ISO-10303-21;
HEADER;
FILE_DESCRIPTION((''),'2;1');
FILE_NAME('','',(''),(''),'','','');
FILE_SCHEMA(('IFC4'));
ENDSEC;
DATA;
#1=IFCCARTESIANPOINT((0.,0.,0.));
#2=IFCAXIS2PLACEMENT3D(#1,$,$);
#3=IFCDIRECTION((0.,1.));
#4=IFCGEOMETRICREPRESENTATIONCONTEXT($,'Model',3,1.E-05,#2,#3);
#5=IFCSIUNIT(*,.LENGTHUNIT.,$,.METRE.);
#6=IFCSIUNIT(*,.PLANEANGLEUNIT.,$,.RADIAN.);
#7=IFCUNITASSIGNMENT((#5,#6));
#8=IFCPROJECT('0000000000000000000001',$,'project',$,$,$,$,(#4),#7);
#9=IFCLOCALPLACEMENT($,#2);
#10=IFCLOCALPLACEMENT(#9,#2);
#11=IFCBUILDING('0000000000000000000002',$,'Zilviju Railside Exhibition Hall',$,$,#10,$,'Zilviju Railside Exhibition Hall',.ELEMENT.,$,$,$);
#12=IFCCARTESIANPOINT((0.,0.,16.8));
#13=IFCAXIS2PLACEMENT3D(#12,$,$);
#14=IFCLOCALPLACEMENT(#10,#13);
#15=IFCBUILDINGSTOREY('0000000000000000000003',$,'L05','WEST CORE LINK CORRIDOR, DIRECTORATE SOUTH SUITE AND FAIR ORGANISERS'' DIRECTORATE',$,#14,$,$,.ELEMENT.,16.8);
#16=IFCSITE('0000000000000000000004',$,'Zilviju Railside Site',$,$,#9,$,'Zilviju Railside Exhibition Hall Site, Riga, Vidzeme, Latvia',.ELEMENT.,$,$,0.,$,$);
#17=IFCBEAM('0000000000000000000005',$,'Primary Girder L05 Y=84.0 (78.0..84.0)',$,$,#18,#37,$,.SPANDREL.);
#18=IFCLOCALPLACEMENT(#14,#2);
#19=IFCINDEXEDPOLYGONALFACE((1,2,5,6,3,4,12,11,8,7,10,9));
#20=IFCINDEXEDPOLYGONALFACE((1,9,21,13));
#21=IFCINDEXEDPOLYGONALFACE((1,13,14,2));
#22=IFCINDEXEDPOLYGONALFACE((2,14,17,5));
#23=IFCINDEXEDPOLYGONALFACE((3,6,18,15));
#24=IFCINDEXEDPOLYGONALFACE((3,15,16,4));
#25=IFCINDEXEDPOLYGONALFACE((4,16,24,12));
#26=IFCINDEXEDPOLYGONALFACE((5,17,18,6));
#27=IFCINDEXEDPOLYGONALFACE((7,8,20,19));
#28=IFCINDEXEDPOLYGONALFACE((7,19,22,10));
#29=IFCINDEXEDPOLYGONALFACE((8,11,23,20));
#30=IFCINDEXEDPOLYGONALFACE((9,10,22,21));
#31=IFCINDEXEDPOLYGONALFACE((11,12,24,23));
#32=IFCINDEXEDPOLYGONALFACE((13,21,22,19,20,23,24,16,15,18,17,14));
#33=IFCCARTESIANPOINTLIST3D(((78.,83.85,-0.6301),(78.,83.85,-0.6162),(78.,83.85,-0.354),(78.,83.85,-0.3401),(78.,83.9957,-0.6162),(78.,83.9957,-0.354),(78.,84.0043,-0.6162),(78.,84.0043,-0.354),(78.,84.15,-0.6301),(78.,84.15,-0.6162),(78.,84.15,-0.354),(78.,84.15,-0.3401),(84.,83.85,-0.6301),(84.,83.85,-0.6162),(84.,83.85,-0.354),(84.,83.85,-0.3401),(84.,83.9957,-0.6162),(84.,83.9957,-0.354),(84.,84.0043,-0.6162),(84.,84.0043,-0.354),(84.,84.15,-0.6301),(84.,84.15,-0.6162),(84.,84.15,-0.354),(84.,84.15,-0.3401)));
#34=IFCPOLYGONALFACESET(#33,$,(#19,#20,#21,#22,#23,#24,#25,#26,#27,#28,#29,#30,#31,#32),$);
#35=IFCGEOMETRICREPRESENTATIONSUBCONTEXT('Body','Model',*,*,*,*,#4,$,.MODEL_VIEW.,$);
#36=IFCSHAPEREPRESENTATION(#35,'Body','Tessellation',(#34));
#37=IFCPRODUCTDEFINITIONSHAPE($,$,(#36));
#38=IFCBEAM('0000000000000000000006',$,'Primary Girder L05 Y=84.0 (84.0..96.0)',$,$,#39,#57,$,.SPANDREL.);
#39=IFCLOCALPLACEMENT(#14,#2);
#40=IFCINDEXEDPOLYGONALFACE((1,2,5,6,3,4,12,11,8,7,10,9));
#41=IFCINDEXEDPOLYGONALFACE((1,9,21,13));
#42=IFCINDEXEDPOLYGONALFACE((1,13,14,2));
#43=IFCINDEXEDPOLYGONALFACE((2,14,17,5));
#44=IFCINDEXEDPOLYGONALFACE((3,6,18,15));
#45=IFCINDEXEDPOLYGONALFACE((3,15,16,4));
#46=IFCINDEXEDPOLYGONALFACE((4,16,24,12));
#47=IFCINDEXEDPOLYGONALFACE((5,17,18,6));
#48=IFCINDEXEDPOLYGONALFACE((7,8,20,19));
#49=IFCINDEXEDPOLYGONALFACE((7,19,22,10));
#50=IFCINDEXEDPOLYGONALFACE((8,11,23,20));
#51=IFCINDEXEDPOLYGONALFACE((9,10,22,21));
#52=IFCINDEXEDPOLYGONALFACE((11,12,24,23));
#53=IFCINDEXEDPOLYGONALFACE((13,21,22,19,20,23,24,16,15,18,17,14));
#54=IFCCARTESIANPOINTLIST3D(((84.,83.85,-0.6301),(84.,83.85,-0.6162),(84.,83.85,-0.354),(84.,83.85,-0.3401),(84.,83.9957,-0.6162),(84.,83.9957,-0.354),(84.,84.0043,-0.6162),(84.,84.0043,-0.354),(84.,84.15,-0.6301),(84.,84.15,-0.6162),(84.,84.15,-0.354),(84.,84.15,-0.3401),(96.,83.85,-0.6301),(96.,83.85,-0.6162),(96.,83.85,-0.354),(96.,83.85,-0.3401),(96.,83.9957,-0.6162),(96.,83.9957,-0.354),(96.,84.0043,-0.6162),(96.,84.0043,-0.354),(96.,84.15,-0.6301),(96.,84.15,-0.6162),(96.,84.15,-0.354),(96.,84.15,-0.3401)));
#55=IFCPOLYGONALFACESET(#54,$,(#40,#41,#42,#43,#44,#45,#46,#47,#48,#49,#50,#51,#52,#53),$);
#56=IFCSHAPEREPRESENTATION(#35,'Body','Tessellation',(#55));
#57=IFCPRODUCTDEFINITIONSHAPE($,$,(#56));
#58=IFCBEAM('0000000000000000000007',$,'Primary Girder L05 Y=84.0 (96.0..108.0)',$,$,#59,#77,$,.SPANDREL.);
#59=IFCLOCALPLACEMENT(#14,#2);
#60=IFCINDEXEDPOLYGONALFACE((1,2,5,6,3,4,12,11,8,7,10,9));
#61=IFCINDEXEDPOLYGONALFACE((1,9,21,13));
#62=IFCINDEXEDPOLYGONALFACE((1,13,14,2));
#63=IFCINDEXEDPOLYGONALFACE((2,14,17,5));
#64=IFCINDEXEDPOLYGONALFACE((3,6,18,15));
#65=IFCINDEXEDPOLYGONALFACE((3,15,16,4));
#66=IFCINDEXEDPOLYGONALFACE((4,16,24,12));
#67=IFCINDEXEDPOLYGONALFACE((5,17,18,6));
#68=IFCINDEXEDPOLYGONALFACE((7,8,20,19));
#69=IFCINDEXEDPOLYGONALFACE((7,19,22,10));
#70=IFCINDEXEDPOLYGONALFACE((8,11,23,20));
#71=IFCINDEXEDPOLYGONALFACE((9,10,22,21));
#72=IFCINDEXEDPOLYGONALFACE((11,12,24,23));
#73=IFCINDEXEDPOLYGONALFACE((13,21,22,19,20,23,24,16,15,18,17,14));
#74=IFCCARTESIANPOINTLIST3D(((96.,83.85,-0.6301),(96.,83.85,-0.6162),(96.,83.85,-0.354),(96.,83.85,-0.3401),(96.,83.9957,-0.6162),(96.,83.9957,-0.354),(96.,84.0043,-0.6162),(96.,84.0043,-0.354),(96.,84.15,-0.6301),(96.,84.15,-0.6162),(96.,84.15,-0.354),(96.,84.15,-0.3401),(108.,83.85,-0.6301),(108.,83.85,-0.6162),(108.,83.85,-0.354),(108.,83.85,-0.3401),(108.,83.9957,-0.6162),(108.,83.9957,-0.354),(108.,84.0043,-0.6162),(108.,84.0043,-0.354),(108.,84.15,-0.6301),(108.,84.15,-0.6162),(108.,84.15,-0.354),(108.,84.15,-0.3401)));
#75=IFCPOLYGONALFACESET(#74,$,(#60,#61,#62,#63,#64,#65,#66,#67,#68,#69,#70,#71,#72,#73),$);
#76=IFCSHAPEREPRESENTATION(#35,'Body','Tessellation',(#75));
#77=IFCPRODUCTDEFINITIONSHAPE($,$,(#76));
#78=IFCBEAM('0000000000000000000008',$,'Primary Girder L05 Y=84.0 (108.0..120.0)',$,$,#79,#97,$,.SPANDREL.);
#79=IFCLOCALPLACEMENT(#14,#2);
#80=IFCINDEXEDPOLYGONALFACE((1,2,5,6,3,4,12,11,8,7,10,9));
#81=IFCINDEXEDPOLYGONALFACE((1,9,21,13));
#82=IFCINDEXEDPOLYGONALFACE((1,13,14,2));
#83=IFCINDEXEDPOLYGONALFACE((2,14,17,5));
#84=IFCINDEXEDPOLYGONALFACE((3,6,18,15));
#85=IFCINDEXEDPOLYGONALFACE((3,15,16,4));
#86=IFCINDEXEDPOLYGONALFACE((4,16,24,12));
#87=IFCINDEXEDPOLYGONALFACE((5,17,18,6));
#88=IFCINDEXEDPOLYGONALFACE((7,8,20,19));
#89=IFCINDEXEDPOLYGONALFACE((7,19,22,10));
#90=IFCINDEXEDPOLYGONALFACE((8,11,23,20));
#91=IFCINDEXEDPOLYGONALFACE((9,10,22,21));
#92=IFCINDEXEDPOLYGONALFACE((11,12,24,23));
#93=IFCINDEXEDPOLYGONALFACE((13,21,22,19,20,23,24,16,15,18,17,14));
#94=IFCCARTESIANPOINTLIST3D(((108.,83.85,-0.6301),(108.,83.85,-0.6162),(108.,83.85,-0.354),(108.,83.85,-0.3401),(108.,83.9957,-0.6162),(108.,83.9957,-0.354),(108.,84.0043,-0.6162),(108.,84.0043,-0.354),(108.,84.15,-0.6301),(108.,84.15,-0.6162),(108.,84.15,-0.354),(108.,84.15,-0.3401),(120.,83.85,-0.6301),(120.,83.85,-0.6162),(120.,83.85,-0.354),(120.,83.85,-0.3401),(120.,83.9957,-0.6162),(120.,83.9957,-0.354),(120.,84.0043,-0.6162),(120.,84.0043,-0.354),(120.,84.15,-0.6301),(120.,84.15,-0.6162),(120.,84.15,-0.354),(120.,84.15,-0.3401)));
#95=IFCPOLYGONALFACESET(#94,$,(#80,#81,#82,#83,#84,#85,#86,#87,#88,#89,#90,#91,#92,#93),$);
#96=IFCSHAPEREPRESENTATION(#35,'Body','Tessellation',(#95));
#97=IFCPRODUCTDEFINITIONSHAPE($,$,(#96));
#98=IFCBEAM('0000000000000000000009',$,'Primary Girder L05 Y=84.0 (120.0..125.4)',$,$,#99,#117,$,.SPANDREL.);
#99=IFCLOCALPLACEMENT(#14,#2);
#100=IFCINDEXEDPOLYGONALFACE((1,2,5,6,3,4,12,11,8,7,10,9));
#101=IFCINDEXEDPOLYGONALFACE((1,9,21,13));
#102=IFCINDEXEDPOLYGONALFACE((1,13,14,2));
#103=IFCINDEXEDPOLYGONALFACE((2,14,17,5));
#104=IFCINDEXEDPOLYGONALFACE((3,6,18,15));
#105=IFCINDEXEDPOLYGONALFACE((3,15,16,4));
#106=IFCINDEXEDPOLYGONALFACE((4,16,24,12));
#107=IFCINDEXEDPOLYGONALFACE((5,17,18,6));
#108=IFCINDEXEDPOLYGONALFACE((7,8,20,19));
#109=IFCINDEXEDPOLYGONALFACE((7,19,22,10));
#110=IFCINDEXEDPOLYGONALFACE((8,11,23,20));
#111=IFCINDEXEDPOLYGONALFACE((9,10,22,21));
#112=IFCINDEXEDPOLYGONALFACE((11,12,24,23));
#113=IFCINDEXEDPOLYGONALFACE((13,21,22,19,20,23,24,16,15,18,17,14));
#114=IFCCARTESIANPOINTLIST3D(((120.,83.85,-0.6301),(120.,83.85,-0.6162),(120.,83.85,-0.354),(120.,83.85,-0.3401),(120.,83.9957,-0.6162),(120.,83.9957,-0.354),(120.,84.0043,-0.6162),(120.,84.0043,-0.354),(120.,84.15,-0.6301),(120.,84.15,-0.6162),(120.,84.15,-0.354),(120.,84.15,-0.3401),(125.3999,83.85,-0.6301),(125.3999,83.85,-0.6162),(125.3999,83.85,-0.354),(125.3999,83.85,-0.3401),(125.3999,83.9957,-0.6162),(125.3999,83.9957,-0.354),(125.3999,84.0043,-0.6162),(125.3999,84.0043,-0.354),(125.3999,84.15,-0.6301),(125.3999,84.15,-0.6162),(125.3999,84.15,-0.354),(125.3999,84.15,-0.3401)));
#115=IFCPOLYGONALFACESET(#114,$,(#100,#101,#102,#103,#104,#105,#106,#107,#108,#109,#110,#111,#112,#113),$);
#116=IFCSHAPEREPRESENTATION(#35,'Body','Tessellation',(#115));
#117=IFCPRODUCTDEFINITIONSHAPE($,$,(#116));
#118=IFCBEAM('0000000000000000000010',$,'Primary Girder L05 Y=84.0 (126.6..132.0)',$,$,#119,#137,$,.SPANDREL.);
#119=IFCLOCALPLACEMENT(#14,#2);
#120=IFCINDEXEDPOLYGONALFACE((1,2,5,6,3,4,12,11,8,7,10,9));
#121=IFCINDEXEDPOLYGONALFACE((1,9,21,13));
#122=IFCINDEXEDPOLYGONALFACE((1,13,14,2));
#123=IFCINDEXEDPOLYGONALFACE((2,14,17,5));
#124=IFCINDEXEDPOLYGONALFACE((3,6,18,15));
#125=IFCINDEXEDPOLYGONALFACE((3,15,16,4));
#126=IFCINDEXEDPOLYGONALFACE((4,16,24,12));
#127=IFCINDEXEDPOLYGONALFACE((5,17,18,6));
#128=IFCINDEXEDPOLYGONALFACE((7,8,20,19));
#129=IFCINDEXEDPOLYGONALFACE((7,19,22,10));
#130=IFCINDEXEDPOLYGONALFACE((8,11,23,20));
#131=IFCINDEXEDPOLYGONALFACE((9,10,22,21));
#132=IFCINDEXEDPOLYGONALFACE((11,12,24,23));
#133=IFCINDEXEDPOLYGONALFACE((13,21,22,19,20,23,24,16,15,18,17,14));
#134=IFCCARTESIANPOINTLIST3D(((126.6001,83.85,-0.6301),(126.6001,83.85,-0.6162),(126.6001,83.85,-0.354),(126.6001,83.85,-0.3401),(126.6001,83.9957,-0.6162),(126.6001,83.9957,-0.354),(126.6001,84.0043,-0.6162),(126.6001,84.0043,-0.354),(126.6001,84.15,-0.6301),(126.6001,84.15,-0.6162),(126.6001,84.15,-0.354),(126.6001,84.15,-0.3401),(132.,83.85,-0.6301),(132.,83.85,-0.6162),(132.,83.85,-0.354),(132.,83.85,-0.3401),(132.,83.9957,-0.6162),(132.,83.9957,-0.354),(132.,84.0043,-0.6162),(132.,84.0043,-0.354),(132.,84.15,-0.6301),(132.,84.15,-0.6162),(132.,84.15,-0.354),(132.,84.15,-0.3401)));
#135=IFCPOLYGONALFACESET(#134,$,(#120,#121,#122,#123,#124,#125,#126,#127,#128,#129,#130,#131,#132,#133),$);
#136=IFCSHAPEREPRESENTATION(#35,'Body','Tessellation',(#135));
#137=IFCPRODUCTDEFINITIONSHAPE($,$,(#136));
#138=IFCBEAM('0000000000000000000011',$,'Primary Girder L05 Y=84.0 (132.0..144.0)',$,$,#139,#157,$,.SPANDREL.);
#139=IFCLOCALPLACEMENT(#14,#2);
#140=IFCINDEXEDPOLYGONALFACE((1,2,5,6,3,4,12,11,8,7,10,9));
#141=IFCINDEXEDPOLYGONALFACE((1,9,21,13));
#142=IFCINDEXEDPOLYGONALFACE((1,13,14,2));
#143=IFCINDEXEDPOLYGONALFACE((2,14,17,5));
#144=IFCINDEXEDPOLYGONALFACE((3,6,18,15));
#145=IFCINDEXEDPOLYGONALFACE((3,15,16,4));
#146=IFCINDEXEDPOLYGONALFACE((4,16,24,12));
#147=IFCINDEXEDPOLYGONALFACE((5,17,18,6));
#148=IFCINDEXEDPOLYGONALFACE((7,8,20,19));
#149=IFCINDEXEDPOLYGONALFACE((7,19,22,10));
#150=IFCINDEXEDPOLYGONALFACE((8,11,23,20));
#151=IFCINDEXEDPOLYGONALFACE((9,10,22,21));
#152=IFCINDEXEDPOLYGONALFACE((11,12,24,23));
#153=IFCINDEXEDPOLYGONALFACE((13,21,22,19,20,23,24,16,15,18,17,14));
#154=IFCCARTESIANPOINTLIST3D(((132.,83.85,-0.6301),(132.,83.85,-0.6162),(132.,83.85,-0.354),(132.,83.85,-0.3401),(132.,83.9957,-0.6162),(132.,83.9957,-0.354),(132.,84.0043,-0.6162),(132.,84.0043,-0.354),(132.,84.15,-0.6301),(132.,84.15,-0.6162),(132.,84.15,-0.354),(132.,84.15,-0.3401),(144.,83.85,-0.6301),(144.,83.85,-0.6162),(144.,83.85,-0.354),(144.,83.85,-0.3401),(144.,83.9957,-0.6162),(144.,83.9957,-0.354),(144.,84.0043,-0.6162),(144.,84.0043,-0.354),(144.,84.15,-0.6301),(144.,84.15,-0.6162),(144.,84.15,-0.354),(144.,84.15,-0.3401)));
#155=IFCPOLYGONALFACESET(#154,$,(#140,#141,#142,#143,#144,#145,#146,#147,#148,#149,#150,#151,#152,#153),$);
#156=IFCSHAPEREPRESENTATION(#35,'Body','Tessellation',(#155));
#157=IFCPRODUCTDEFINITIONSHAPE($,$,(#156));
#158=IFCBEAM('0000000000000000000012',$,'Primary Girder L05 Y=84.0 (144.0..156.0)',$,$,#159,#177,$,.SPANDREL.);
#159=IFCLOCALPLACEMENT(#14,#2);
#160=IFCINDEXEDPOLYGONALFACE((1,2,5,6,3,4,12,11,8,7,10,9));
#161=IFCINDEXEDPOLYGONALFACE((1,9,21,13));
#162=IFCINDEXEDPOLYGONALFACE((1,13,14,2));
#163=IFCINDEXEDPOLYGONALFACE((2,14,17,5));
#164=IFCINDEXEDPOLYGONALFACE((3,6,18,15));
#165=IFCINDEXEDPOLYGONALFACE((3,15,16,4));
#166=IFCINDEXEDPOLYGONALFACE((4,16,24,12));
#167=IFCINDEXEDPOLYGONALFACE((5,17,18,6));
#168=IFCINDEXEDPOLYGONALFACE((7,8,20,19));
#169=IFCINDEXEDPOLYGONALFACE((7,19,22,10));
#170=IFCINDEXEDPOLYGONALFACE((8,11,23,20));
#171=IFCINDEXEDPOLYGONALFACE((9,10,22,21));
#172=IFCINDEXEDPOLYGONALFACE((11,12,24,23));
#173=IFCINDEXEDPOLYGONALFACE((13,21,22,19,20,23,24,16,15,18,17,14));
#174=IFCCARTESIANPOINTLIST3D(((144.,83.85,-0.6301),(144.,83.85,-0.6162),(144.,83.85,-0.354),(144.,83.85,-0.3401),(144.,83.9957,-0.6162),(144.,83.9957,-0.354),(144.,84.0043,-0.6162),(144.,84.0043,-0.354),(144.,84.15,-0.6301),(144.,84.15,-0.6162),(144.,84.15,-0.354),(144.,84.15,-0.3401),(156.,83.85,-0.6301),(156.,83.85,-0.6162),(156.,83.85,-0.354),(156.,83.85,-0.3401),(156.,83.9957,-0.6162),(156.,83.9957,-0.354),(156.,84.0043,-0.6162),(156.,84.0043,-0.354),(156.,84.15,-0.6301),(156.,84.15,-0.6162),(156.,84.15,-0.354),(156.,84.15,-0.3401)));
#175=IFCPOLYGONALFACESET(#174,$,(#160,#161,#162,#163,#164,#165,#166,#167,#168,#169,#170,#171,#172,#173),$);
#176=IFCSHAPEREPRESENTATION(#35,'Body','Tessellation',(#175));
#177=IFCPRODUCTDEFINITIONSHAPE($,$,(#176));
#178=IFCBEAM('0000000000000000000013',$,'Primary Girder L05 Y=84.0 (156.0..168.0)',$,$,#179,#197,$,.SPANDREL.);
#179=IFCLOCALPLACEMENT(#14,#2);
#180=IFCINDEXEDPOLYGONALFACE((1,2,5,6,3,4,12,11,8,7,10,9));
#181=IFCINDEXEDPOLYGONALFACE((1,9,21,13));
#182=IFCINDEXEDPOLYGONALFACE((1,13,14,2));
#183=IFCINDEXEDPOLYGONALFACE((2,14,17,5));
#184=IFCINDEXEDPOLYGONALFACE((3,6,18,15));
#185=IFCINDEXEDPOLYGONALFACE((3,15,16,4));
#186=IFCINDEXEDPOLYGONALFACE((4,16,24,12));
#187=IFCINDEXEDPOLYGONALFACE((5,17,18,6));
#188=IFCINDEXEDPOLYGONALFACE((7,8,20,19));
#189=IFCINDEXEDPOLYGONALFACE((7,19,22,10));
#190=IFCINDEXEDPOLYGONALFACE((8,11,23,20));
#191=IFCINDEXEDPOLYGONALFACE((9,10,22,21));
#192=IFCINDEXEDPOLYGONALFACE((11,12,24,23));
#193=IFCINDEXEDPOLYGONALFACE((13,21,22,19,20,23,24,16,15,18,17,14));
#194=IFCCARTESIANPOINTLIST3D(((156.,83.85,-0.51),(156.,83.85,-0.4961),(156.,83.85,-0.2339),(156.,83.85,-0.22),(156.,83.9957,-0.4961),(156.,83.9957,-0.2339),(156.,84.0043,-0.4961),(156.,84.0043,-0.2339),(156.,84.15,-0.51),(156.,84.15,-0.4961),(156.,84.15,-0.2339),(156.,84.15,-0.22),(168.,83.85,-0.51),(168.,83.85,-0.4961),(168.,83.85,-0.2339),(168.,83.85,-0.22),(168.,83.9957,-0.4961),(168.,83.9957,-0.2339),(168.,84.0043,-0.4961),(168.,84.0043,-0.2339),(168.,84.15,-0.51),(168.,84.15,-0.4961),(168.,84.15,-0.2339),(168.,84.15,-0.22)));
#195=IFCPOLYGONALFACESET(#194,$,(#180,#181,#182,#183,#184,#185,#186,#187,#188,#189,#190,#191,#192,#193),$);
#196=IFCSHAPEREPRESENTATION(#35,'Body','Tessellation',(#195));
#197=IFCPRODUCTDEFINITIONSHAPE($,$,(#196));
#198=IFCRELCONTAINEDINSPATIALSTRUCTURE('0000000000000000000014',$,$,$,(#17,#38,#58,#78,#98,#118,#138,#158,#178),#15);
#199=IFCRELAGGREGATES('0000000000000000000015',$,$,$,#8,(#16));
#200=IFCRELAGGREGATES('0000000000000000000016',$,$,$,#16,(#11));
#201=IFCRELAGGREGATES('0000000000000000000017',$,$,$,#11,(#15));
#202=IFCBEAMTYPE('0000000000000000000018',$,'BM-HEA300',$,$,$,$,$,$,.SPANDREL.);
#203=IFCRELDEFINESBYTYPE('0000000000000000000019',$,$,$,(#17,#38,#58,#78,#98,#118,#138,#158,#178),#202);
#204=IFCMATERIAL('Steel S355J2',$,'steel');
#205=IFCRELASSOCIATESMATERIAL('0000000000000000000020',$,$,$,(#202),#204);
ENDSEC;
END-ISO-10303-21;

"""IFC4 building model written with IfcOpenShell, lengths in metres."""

from ifc_helpers import new_model, si_unit, direction, frame, origin, origin_2d, place, context, subcontext, project, spatial, i_section, extrude, material, material_profile, profile_set, type_object, element, save


model = new_model("IFC4")

# Units and contexts
model_context = context("Model", 3, precision=1e-05, world=origin(), true_north=direction((0.0, 1.0)))
body_context = subcontext(model_context, "Body", "Model", "MODEL_VIEW")
ifc_project = project(units=[si_unit("LENGTHUNIT", "METRE"), si_unit("PLANEANGLEUNIT", "RADIAN")], contexts=[model_context])

# Site, building, storey
site_placement = place(None, origin())
site = spatial("IfcSite", under=ifc_project, at=site_placement, Name="Zilviju Railside Site", LongName="Zilviju Railside Exhibition Hall Site, Riga, Vidzeme, Latvia", CompositionType="ELEMENT", RefElevation=0.0)
building_placement = place(site_placement, origin())
building = spatial("IfcBuilding", under=site, at=building_placement, Name="Zilviju Railside Exhibition Hall", LongName="Zilviju Railside Exhibition Hall", CompositionType="ELEMENT")
storey_placement = place(building_placement, frame((0.0, 0.0, 16.8)))
storey = spatial("IfcBuildingStorey", under=building, at=storey_placement, Name="L05", Description="WEST CORE LINK CORRIDOR, DIRECTORATE SOUTH SUITE AND FAIR ORGANISERS' DIRECTORATE", CompositionType="ELEMENT", Elevation=16.8)

# Beams
ifc_material = material(Name="Steel S355J2", Category="steel")
ifc_material_profile_1 = material_profile(ifc_material, i_section(OverallWidth=0.3, OverallDepth=0.29, WebThickness=0.0085, FlangeThickness=0.0139, at=origin_2d()), Name="HEA 300")
ifc_profile_set_1 = profile_set([ifc_material_profile_1], Name="Steel S355J2")
beam_type_1 = type_object("IfcBeamType", Name="BM-HEA300", PredefinedType="SPANDREL", material=ifc_profile_set_1)
beam_1_placement = place(storey_placement, frame((78.0, 84.0, -0.4851), z_axis=(1.0, 0.0, 0.0), x_axis=(0.0, 1.0, 0.0)))
element("IfcBeam", 1, at=beam_1_placement, inside=storey, type_object=beam_type_1, Name="Primary Girder L05 Y=84.0 (78.0..84.0)", PredefinedType="SPANDREL", context=body_context, shape_type="SweptSolid", body=[
    extrude(i_section(OverallWidth=0.3, OverallDepth=0.29, WebThickness=0.0085, FlangeThickness=0.0139, at=origin_2d()), origin(), (0.0, 0.0, 1.0), 6.0),
])
for number, where, z_axis, x_axis, name in (
    (2, (84.0, 84.0, -0.4851), (1.0, 0.0, 0.0), (0.0, 1.0, 0.0), "Primary Girder L05 Y=84.0 (84.0..96.0)"),
    (3, (96.0, 84.0, -0.4851), (1.0, 0.0, 0.0), (0.0, 1.0, 0.0), "Primary Girder L05 Y=84.0 (96.0..108.0)"),
    (4, (108.0, 84.0, -0.4851), (1.0, 0.0, 0.0), (0.0, 1.0, 0.0), "Primary Girder L05 Y=84.0 (108.0..120.0)"),
):
    element("IfcBeam", number, at=place(storey_placement, frame(where, z_axis=z_axis, x_axis=x_axis)), inside=storey, type_object=beam_type_1, Name=name, PredefinedType="SPANDREL", context=body_context, shape_type="SweptSolid", body=[
        extrude(i_section(OverallWidth=0.3, OverallDepth=0.29, WebThickness=0.0085, FlangeThickness=0.0139, at=origin_2d()), origin(), (0.0, 0.0, 1.0), 12.0),
    ])
for number, where, z_axis, x_axis, name in (
    (5, (120.0, 84.0, -0.4851), (1.0, 0.0, 0.0), (0.0, 1.0, 0.0), "Primary Girder L05 Y=84.0 (120.0..125.4)"),
    (6, (126.6001, 84.0, -0.4851), (1.0, 0.0, 0.0), (0.0, 1.0, 0.0), "Primary Girder L05 Y=84.0 (126.6..132.0)"),
):
    element("IfcBeam", number, at=place(storey_placement, frame(where, z_axis=z_axis, x_axis=x_axis)), inside=storey, type_object=beam_type_1, Name=name, PredefinedType="SPANDREL", context=body_context, shape_type="SweptSolid", body=[
        extrude(i_section(OverallWidth=0.3, OverallDepth=0.29, WebThickness=0.0085, FlangeThickness=0.0139, at=origin_2d()), origin(), (0.0, 0.0, 1.0), 5.3999),
    ])
for number, where, z_axis, x_axis, name in (
    (7, (132.0, 84.0, -0.4851), (1.0, 0.0, 0.0), (0.0, 1.0, 0.0), "Primary Girder L05 Y=84.0 (132.0..144.0)"),
    (8, (144.0, 84.0, -0.4851), (1.0, 0.0, 0.0), (0.0, 1.0, 0.0), "Primary Girder L05 Y=84.0 (144.0..156.0)"),
    (9, (156.0, 84.0, -0.365), (1.0, 0.0, 0.0), (0.0, 1.0, 0.0), "Primary Girder L05 Y=84.0 (156.0..168.0)"),
):
    element("IfcBeam", number, at=place(storey_placement, frame(where, z_axis=z_axis, x_axis=x_axis)), inside=storey, type_object=beam_type_1, Name=name, PredefinedType="SPANDREL", context=body_context, shape_type="SweptSolid", body=[
        extrude(i_section(OverallWidth=0.3, OverallDepth=0.29, WebThickness=0.0085, FlangeThickness=0.0139, at=origin_2d()), origin(), (0.0, 0.0, 1.0), 12.0),
    ])

save(model, "model.ifc")
